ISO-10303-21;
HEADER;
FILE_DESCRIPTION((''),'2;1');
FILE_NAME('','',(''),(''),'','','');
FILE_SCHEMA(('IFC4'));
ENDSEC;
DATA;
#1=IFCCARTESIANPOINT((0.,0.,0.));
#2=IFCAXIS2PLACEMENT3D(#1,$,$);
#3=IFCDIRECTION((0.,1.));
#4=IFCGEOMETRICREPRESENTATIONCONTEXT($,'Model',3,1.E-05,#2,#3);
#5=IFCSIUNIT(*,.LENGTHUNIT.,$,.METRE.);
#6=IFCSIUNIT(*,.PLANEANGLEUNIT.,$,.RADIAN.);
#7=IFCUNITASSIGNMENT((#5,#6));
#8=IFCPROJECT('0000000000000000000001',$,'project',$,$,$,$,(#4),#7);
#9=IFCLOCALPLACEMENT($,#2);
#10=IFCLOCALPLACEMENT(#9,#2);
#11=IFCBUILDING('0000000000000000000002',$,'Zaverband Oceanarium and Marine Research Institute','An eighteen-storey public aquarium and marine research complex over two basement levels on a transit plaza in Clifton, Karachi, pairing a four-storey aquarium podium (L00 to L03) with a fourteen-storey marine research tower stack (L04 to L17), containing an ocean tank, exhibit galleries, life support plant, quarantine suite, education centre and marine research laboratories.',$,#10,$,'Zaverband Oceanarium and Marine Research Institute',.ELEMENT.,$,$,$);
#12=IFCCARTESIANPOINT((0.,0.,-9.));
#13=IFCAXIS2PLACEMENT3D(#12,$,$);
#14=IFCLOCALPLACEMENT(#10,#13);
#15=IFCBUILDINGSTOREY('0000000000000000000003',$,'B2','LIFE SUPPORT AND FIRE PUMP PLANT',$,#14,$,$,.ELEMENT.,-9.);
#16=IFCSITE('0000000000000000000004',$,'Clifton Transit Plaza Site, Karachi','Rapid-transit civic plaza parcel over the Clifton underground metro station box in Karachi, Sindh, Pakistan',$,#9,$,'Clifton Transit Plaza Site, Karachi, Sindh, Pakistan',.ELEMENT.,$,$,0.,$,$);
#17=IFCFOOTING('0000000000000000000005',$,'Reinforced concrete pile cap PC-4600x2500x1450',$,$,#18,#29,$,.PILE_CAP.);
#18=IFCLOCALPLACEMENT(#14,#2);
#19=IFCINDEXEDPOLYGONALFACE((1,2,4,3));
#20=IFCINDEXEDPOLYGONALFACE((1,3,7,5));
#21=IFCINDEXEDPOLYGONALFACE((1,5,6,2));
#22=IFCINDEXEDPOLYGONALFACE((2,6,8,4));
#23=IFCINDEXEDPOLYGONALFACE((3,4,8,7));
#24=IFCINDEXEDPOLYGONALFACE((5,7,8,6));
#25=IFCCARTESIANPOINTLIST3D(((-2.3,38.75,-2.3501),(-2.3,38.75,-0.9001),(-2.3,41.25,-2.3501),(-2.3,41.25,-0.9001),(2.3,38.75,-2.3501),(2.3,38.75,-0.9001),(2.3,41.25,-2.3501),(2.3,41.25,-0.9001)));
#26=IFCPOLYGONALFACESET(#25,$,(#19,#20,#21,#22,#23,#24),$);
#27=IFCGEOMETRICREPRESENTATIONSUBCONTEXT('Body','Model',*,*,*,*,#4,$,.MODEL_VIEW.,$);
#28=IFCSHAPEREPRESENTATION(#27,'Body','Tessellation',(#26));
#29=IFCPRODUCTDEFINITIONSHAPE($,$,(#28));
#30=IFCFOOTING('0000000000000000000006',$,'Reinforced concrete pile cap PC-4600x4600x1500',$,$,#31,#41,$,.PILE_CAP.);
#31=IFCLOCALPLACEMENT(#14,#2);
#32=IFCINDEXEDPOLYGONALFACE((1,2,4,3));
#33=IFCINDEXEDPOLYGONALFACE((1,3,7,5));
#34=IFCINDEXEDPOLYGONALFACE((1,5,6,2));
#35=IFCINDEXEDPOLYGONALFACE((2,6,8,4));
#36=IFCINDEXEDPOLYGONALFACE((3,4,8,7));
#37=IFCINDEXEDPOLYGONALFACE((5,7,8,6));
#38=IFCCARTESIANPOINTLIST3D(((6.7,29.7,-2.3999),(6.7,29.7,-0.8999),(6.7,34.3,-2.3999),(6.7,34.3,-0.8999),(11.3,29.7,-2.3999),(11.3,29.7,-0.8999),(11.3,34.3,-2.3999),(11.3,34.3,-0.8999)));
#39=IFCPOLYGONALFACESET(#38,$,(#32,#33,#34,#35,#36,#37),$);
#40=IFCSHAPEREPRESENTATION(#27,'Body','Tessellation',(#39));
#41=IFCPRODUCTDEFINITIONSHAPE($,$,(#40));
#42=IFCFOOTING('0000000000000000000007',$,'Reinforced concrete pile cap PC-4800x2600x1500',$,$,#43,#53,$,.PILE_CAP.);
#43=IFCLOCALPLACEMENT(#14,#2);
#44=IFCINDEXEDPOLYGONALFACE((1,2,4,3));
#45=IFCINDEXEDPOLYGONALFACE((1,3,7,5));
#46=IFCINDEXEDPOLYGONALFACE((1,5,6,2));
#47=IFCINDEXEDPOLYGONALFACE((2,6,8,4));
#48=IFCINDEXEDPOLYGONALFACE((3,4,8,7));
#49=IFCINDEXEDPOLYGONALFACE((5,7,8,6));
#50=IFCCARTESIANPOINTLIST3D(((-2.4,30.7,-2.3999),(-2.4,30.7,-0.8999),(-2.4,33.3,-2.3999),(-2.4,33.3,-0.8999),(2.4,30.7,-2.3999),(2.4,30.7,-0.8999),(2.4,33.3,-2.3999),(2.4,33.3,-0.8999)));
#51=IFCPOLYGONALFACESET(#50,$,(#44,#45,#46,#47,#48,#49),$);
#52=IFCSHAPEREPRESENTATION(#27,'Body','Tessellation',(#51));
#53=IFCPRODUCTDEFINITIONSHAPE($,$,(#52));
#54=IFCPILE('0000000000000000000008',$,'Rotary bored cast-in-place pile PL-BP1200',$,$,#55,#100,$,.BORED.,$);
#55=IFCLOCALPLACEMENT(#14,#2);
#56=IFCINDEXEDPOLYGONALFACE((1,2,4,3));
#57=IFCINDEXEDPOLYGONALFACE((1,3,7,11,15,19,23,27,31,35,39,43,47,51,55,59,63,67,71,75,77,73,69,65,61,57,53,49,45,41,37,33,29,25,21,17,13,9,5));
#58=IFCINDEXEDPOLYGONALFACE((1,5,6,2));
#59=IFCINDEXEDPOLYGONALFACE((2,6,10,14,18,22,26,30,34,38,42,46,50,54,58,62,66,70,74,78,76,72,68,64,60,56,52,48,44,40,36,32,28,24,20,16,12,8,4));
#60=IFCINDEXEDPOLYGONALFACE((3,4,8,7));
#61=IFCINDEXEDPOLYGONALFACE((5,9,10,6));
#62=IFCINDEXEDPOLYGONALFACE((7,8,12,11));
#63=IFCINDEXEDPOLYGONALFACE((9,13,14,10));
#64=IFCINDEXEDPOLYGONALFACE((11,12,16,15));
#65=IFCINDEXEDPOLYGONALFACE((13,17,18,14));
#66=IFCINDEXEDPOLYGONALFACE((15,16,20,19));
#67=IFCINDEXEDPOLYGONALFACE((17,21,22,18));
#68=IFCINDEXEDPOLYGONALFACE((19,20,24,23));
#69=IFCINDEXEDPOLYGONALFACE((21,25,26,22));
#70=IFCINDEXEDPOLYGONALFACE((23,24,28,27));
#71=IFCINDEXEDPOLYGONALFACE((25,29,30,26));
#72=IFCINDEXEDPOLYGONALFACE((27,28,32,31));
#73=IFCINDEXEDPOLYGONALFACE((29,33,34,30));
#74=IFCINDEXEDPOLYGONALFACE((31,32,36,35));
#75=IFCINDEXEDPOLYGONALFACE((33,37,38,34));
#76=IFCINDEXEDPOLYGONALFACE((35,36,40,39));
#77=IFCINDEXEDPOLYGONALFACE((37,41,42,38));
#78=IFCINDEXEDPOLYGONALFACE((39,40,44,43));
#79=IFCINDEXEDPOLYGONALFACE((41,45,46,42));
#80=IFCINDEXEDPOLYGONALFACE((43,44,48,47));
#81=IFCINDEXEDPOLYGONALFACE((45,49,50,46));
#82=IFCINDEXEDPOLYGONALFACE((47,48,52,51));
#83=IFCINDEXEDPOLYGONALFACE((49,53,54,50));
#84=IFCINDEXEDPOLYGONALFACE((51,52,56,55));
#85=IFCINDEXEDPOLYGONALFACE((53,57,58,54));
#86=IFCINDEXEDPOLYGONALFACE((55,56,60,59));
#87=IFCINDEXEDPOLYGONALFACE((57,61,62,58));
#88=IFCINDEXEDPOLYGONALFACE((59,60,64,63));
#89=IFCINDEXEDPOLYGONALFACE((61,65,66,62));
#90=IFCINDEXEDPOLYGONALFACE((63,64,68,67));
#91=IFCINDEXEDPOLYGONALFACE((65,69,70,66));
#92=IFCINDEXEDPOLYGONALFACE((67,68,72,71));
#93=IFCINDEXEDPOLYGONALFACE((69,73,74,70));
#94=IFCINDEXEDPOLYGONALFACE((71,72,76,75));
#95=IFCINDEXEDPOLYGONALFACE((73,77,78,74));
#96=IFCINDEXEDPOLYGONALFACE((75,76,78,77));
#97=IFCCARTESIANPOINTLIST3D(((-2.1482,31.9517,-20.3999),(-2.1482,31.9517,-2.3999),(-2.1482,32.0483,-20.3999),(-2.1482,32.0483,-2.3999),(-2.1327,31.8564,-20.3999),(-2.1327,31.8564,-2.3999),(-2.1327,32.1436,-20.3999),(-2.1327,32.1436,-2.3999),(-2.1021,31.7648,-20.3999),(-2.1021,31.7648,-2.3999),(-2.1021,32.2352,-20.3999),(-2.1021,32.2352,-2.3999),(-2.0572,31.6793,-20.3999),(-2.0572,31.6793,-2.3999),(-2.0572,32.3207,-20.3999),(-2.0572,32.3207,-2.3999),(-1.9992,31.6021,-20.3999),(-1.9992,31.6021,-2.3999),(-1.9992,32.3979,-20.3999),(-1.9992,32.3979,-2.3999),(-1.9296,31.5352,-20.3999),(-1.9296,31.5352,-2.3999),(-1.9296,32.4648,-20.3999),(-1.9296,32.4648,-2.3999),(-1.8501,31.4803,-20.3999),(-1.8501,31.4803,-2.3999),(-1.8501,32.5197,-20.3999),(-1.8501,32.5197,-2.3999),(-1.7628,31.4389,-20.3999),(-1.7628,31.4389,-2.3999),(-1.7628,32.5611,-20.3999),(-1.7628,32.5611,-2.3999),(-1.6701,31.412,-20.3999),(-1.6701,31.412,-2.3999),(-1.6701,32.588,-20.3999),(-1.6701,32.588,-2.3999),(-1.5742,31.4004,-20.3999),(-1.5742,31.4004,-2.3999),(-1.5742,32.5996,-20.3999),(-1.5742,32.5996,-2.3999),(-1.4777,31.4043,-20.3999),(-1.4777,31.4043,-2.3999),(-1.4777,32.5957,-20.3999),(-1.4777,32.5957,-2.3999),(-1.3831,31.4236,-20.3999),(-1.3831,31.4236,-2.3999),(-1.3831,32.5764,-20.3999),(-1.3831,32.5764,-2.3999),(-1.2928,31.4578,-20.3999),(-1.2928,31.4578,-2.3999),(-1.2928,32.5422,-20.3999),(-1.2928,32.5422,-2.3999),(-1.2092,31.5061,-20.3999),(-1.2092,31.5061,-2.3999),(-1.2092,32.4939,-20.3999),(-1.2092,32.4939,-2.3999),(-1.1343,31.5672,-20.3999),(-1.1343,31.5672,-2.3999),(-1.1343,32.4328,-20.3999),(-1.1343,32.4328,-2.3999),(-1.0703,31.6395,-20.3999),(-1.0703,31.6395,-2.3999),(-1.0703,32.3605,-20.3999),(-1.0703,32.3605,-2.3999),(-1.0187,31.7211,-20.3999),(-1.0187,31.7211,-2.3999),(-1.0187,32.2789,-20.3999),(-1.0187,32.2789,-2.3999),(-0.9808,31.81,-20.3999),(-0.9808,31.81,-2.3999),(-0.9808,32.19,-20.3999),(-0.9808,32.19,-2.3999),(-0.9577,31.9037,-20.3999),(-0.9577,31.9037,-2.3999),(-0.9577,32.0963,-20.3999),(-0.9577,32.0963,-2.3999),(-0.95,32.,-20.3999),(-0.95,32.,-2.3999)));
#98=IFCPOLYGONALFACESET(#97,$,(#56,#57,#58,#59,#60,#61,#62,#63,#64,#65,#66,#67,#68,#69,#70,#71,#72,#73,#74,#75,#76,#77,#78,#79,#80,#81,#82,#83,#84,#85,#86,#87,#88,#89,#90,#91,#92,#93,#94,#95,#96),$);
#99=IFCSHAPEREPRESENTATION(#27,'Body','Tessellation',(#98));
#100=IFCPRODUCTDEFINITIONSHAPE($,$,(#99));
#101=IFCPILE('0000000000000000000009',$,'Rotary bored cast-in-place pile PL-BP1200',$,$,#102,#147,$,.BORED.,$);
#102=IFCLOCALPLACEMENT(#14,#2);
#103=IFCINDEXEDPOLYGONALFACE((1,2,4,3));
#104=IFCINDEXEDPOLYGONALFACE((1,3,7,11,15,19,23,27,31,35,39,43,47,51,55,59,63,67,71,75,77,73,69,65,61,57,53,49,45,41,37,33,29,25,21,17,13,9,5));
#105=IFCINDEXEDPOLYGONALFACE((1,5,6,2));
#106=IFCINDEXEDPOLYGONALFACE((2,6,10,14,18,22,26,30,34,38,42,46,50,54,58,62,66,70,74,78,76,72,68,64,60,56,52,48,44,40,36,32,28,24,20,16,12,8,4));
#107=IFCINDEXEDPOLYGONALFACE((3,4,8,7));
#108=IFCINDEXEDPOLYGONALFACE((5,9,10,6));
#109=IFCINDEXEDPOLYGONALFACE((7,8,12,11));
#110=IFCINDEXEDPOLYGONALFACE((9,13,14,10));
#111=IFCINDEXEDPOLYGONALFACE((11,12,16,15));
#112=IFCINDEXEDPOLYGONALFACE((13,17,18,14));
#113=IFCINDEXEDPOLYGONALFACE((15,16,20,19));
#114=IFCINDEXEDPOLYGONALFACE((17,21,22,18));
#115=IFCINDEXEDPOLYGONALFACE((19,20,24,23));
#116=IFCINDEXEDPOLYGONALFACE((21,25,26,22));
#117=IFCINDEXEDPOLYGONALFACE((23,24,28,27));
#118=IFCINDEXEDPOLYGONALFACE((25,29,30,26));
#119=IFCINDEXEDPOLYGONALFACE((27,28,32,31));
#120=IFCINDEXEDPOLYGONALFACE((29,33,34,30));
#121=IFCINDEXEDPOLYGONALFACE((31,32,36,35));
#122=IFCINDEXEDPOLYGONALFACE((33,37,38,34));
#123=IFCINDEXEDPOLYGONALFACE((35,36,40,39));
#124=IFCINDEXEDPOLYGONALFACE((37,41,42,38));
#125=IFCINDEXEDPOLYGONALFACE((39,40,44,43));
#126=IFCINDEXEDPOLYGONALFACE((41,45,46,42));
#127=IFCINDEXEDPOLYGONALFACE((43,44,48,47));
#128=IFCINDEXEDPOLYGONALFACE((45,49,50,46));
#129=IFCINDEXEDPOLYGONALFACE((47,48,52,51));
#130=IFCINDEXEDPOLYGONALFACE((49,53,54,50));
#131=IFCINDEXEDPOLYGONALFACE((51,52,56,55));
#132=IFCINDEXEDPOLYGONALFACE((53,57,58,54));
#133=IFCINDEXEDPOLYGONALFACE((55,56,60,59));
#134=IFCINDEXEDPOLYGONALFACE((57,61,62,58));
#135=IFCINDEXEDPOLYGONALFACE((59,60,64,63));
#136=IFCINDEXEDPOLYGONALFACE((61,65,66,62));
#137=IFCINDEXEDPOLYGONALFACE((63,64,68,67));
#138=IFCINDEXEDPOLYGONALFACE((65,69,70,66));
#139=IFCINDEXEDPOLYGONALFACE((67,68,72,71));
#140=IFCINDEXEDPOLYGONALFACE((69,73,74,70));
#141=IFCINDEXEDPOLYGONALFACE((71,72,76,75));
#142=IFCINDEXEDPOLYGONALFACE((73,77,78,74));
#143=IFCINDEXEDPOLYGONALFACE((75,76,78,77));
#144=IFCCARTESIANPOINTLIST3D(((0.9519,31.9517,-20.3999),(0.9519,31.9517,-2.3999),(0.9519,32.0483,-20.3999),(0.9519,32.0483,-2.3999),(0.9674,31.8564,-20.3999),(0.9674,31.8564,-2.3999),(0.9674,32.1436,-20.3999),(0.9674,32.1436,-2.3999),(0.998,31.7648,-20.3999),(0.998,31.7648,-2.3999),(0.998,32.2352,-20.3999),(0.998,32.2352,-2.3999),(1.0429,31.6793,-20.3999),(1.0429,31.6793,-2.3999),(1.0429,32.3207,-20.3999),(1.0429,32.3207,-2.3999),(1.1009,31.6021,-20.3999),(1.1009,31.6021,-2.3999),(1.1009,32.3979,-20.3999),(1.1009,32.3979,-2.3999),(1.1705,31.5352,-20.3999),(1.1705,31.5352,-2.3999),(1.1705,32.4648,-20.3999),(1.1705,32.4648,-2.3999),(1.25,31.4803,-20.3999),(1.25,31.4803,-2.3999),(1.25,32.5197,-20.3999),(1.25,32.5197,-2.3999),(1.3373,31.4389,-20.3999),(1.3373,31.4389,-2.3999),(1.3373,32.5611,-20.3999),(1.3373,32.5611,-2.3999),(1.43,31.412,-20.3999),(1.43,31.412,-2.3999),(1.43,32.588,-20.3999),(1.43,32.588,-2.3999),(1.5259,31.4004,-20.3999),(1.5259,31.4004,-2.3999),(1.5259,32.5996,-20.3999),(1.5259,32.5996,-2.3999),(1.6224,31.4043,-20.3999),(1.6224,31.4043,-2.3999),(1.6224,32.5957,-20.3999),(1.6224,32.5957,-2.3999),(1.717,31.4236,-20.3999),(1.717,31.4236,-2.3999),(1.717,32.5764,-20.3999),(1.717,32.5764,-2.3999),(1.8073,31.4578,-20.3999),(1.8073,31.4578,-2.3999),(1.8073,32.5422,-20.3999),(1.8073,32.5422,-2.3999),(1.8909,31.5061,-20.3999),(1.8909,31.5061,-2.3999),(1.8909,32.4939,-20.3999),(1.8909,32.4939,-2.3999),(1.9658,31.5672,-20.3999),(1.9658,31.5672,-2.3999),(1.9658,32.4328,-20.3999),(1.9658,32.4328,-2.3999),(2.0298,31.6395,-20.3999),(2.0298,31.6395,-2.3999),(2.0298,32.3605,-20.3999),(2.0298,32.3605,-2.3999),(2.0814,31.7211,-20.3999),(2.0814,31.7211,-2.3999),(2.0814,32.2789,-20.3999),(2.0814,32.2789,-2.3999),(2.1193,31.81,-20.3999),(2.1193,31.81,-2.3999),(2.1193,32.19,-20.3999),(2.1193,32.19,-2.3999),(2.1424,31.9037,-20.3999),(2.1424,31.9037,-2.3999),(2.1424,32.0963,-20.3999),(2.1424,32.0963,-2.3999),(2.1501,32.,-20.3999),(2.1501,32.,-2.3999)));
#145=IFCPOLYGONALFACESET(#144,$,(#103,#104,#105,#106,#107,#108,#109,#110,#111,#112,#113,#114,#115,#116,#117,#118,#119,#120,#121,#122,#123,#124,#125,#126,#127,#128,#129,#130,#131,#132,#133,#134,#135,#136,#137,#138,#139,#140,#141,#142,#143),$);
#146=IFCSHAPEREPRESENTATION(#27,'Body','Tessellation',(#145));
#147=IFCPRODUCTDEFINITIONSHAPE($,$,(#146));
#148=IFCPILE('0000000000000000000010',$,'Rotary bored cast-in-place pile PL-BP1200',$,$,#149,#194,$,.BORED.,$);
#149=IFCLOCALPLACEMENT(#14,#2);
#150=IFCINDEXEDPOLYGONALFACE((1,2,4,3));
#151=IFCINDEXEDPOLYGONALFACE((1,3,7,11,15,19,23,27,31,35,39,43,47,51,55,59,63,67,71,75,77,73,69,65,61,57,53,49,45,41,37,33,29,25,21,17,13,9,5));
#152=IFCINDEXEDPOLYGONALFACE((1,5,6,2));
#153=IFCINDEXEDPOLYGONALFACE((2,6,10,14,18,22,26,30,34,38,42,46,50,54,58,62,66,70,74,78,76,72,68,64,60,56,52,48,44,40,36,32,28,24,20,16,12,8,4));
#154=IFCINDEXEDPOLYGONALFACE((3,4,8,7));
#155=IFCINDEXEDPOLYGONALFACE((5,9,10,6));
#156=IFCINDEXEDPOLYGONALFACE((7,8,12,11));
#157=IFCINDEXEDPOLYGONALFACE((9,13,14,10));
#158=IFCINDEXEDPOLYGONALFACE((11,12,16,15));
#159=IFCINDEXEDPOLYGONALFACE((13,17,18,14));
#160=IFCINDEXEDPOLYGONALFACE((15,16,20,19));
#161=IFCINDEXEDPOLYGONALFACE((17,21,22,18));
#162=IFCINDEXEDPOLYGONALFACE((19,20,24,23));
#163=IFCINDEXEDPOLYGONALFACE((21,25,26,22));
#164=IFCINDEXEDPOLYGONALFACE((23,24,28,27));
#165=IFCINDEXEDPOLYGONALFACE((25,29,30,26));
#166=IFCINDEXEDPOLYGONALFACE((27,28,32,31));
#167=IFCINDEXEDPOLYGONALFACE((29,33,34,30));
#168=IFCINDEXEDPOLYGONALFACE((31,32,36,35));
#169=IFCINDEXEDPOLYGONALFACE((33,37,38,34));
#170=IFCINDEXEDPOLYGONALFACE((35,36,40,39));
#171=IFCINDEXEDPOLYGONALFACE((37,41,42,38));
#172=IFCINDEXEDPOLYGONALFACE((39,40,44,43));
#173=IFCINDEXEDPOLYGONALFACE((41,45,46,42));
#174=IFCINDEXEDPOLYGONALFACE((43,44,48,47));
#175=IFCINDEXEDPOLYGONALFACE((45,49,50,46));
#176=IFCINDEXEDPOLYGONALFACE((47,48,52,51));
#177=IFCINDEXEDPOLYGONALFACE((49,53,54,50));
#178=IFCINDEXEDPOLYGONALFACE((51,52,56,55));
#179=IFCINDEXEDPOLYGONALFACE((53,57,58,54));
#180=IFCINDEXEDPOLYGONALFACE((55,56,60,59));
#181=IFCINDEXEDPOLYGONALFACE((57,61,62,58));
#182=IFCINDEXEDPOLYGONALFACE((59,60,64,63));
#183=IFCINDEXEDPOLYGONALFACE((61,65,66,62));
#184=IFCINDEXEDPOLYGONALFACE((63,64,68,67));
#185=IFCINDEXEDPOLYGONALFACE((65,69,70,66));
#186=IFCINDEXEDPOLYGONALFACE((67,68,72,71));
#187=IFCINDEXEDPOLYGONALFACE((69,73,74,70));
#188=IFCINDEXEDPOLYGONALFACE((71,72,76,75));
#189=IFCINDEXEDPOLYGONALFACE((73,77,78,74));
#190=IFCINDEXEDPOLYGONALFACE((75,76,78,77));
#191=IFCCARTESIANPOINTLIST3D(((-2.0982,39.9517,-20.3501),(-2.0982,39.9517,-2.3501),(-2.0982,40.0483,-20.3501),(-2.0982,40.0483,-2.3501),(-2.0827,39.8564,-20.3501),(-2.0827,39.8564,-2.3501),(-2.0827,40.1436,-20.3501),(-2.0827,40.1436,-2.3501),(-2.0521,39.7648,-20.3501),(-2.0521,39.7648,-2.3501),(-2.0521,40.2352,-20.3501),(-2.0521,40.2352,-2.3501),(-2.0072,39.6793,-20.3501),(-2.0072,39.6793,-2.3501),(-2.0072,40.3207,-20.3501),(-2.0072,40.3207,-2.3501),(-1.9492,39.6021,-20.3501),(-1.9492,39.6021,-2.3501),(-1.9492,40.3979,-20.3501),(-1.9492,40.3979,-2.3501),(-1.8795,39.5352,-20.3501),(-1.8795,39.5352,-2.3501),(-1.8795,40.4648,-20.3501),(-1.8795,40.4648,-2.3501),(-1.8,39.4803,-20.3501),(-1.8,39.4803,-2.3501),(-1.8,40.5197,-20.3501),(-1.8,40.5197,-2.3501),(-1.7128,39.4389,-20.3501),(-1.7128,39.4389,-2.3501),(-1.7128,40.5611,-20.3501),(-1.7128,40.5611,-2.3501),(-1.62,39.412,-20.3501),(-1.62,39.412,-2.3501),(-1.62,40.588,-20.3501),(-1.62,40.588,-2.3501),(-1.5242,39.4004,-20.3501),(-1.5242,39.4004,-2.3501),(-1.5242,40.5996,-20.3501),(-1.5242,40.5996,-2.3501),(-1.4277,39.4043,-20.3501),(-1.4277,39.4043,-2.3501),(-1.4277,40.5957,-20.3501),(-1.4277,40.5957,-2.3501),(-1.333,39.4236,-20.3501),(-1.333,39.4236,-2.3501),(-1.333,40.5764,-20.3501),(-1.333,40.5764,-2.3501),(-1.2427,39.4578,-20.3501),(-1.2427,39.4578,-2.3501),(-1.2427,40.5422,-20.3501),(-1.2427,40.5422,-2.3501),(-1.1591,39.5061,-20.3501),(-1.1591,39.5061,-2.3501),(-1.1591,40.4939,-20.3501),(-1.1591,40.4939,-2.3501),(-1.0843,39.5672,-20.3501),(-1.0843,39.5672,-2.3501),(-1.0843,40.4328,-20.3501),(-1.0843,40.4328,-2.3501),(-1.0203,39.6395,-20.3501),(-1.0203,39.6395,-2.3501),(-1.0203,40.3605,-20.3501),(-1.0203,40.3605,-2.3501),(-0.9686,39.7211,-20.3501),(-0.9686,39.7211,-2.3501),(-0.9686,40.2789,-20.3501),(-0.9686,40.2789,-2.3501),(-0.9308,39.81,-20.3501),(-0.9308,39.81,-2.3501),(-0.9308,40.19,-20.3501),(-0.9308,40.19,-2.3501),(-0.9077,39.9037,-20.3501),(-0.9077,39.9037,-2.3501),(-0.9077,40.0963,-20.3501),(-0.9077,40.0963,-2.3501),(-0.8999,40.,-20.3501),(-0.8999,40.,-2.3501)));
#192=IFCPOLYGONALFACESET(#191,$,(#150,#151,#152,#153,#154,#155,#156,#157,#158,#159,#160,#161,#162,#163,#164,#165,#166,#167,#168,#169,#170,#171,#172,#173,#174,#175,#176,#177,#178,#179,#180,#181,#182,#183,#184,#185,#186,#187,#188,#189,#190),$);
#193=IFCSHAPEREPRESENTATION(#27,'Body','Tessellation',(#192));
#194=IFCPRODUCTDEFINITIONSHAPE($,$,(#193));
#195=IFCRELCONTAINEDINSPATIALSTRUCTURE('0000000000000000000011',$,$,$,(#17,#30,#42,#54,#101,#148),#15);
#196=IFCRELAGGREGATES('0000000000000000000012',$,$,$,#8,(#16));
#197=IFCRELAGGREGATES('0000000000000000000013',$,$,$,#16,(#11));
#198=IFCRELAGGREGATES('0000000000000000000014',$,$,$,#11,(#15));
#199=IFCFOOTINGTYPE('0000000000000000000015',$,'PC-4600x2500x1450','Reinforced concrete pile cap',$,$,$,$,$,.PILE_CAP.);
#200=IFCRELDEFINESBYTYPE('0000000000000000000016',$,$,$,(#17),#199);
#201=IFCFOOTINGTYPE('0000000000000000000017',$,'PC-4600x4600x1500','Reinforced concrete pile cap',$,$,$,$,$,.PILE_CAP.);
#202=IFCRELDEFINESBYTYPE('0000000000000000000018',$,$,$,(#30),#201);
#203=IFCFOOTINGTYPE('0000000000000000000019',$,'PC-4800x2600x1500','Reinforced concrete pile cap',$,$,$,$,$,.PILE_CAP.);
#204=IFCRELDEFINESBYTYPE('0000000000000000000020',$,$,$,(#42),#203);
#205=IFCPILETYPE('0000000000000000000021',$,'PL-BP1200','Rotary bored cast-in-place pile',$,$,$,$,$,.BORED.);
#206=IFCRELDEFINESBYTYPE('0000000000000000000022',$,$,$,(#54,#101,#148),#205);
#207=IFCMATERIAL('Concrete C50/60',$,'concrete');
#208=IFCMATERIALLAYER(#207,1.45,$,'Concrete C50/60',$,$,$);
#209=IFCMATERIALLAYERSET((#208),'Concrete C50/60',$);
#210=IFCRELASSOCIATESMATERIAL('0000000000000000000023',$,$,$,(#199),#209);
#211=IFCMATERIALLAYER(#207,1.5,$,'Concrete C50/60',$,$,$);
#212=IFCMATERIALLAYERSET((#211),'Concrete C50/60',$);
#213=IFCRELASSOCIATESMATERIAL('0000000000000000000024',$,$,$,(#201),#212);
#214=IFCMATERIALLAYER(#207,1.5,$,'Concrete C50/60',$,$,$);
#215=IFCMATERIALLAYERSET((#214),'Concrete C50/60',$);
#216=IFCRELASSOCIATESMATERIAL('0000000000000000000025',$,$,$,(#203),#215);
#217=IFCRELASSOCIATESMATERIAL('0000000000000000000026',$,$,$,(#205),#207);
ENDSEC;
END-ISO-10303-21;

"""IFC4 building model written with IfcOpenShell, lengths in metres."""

from ifc_helpers import new_model, si_unit, direction, frame, origin, origin_2d, place, context, subcontext, project, spatial, rectangle, circle, extrude, material, layer, layer_set, material_profile, profile_set, type_object, element, save


model = new_model("IFC4")

# Units and contexts
model_context = context("Model", 3, precision=1e-05, world=origin(), true_north=direction((0.0, 1.0)))
body_context = subcontext(model_context, "Body", "Model", "MODEL_VIEW")
ifc_project = project(units=[si_unit("LENGTHUNIT", "METRE"), si_unit("PLANEANGLEUNIT", "RADIAN")], contexts=[model_context])

# Site, building, storey
site_placement = place(None, origin())
site = spatial("IfcSite", under=ifc_project, at=site_placement, Name="Clifton Transit Plaza Site, Karachi", Description="Rapid-transit civic plaza parcel over the Clifton underground metro station box in Karachi, Sindh, Pakistan", LongName="Clifton Transit Plaza Site, Karachi, Sindh, Pakistan", CompositionType="ELEMENT", RefElevation=0.0)
building_placement = place(site_placement, origin())
building = spatial("IfcBuilding", under=site, at=building_placement, Name="Zaverband Oceanarium and Marine Research Institute", Description="An eighteen-storey public aquarium and marine research complex over two basement levels on a transit plaza in Clifton, Karachi, pairing a four-storey aquarium podium (L00 to L03) with a fourteen-storey marine research tower stack (L04 to L17), containing an ocean tank, exhibit galleries, life support plant, quarantine suite, education centre and marine research laboratories.", LongName="Zaverband Oceanarium and Marine Research Institute", CompositionType="ELEMENT")
storey_placement = place(building_placement, frame((0.0, 0.0, -9.0)))
storey = spatial("IfcBuildingStorey", under=building, at=storey_placement, Name="B2", Description="LIFE SUPPORT AND FIRE PUMP PLANT", CompositionType="ELEMENT", Elevation=-9.0)

# Footings
ifc_material_1 = material(Name="Concrete C50/60", Category="concrete")
ifc_layer_1 = layer(ifc_material_1, 1.45, Name="Concrete C50/60")
ifc_layer_set_1 = layer_set([ifc_layer_1], Name="Concrete C50/60")
footing_type_1 = type_object("IfcFootingType", Name="PC-4600x2500x1450", Description="Reinforced concrete pile cap", PredefinedType="PILE_CAP", material=ifc_layer_set_1)
footing_1_placement = place(storey_placement, frame((0.0, 40.0, -2.3501), z_axis=(0.0, 0.0, 1.0), x_axis=(1.0, 0.0, 0.0)))
element("IfcFooting", 1, at=footing_1_placement, inside=storey, type_object=footing_type_1, Name="Reinforced concrete pile cap PC-4600x2500x1450", PredefinedType="PILE_CAP", context=body_context, shape_type="SweptSolid", body=[
    extrude(rectangle(XDim=4.6001, YDim=2.5, at=origin_2d()), origin(), (0.0, 0.0, 1.0), 1.45),
])
ifc_layer_2 = layer(ifc_material_1, 1.5, Name="Concrete C50/60")
ifc_layer_set_2 = layer_set([ifc_layer_2], Name="Concrete C50/60")
footing_type_2 = type_object("IfcFootingType", Name="PC-4600x4600x1500", Description="Reinforced concrete pile cap", PredefinedType="PILE_CAP", material=ifc_layer_set_2)
footing_2_placement = place(storey_placement, frame((9.0, 32.0, -2.3999), z_axis=(0.0, 0.0, 1.0), x_axis=(1.0, 0.0, 0.0)))
element("IfcFooting", 2, at=footing_2_placement, inside=storey, type_object=footing_type_2, Name="Reinforced concrete pile cap PC-4600x4600x1500", PredefinedType="PILE_CAP", context=body_context, shape_type="SweptSolid", body=[
    extrude(rectangle(XDim=4.6001, YDim=4.6001, at=origin_2d()), origin(), (0.0, 0.0, 1.0), 1.5),
])
ifc_layer_3 = layer(ifc_material_1, 1.5, Name="Concrete C50/60")
ifc_layer_set_3 = layer_set([ifc_layer_3], Name="Concrete C50/60")
footing_type_3 = type_object("IfcFootingType", Name="PC-4800x2600x1500", Description="Reinforced concrete pile cap", PredefinedType="PILE_CAP", material=ifc_layer_set_3)
footing_3_placement = place(storey_placement, frame((0.0, 32.0, -2.3999), z_axis=(0.0, 0.0, 1.0), x_axis=(1.0, 0.0, 0.0)))
element("IfcFooting", 3, at=footing_3_placement, inside=storey, type_object=footing_type_3, Name="Reinforced concrete pile cap PC-4800x2600x1500", PredefinedType="PILE_CAP", context=body_context, shape_type="SweptSolid", body=[
    extrude(rectangle(XDim=4.8, YDim=2.6001, at=origin_2d()), origin(), (0.0, 0.0, 1.0), 1.5),
])

# Piles
ifc_material_profile_1 = material_profile(ifc_material_1, circle(Radius=0.6001, at=origin_2d()), Name="BP1200")
ifc_profile_set_1 = profile_set([ifc_material_profile_1], Name="Concrete C50/60")
pile_type = type_object("IfcPileType", Name="PL-BP1200", Description="Rotary bored cast-in-place pile", PredefinedType="BORED", material=ifc_profile_set_1)
for number, where, z_axis, x_axis, name in (
    (4, (-1.55, 32.0, -2.3999), (0.0, 0.0, -1.0), (1.0, 0.0, 0.0), "Rotary bored cast-in-place pile PL-BP1200"),
    (5, (1.55, 32.0, -2.3999), (0.0, 0.0, -1.0), (1.0, 0.0, 0.0), "Rotary bored cast-in-place pile PL-BP1200"),
    (6, (-1.5, 40.0, -2.3501), (0.0, 0.0, -1.0), (1.0, 0.0, 0.0), "Rotary bored cast-in-place pile PL-BP1200"),
):
    element("IfcPile", number, at=place(storey_placement, frame(where, z_axis=z_axis, x_axis=x_axis)), inside=storey, type_object=pile_type, Name=name, PredefinedType="BORED", context=body_context, shape_type="SweptSolid", body=[
        extrude(circle(Radius=0.6001, at=origin_2d()), origin(), (0.0, 0.0, 1.0), 18.0),
    ])

save(model, "model.ifc")
